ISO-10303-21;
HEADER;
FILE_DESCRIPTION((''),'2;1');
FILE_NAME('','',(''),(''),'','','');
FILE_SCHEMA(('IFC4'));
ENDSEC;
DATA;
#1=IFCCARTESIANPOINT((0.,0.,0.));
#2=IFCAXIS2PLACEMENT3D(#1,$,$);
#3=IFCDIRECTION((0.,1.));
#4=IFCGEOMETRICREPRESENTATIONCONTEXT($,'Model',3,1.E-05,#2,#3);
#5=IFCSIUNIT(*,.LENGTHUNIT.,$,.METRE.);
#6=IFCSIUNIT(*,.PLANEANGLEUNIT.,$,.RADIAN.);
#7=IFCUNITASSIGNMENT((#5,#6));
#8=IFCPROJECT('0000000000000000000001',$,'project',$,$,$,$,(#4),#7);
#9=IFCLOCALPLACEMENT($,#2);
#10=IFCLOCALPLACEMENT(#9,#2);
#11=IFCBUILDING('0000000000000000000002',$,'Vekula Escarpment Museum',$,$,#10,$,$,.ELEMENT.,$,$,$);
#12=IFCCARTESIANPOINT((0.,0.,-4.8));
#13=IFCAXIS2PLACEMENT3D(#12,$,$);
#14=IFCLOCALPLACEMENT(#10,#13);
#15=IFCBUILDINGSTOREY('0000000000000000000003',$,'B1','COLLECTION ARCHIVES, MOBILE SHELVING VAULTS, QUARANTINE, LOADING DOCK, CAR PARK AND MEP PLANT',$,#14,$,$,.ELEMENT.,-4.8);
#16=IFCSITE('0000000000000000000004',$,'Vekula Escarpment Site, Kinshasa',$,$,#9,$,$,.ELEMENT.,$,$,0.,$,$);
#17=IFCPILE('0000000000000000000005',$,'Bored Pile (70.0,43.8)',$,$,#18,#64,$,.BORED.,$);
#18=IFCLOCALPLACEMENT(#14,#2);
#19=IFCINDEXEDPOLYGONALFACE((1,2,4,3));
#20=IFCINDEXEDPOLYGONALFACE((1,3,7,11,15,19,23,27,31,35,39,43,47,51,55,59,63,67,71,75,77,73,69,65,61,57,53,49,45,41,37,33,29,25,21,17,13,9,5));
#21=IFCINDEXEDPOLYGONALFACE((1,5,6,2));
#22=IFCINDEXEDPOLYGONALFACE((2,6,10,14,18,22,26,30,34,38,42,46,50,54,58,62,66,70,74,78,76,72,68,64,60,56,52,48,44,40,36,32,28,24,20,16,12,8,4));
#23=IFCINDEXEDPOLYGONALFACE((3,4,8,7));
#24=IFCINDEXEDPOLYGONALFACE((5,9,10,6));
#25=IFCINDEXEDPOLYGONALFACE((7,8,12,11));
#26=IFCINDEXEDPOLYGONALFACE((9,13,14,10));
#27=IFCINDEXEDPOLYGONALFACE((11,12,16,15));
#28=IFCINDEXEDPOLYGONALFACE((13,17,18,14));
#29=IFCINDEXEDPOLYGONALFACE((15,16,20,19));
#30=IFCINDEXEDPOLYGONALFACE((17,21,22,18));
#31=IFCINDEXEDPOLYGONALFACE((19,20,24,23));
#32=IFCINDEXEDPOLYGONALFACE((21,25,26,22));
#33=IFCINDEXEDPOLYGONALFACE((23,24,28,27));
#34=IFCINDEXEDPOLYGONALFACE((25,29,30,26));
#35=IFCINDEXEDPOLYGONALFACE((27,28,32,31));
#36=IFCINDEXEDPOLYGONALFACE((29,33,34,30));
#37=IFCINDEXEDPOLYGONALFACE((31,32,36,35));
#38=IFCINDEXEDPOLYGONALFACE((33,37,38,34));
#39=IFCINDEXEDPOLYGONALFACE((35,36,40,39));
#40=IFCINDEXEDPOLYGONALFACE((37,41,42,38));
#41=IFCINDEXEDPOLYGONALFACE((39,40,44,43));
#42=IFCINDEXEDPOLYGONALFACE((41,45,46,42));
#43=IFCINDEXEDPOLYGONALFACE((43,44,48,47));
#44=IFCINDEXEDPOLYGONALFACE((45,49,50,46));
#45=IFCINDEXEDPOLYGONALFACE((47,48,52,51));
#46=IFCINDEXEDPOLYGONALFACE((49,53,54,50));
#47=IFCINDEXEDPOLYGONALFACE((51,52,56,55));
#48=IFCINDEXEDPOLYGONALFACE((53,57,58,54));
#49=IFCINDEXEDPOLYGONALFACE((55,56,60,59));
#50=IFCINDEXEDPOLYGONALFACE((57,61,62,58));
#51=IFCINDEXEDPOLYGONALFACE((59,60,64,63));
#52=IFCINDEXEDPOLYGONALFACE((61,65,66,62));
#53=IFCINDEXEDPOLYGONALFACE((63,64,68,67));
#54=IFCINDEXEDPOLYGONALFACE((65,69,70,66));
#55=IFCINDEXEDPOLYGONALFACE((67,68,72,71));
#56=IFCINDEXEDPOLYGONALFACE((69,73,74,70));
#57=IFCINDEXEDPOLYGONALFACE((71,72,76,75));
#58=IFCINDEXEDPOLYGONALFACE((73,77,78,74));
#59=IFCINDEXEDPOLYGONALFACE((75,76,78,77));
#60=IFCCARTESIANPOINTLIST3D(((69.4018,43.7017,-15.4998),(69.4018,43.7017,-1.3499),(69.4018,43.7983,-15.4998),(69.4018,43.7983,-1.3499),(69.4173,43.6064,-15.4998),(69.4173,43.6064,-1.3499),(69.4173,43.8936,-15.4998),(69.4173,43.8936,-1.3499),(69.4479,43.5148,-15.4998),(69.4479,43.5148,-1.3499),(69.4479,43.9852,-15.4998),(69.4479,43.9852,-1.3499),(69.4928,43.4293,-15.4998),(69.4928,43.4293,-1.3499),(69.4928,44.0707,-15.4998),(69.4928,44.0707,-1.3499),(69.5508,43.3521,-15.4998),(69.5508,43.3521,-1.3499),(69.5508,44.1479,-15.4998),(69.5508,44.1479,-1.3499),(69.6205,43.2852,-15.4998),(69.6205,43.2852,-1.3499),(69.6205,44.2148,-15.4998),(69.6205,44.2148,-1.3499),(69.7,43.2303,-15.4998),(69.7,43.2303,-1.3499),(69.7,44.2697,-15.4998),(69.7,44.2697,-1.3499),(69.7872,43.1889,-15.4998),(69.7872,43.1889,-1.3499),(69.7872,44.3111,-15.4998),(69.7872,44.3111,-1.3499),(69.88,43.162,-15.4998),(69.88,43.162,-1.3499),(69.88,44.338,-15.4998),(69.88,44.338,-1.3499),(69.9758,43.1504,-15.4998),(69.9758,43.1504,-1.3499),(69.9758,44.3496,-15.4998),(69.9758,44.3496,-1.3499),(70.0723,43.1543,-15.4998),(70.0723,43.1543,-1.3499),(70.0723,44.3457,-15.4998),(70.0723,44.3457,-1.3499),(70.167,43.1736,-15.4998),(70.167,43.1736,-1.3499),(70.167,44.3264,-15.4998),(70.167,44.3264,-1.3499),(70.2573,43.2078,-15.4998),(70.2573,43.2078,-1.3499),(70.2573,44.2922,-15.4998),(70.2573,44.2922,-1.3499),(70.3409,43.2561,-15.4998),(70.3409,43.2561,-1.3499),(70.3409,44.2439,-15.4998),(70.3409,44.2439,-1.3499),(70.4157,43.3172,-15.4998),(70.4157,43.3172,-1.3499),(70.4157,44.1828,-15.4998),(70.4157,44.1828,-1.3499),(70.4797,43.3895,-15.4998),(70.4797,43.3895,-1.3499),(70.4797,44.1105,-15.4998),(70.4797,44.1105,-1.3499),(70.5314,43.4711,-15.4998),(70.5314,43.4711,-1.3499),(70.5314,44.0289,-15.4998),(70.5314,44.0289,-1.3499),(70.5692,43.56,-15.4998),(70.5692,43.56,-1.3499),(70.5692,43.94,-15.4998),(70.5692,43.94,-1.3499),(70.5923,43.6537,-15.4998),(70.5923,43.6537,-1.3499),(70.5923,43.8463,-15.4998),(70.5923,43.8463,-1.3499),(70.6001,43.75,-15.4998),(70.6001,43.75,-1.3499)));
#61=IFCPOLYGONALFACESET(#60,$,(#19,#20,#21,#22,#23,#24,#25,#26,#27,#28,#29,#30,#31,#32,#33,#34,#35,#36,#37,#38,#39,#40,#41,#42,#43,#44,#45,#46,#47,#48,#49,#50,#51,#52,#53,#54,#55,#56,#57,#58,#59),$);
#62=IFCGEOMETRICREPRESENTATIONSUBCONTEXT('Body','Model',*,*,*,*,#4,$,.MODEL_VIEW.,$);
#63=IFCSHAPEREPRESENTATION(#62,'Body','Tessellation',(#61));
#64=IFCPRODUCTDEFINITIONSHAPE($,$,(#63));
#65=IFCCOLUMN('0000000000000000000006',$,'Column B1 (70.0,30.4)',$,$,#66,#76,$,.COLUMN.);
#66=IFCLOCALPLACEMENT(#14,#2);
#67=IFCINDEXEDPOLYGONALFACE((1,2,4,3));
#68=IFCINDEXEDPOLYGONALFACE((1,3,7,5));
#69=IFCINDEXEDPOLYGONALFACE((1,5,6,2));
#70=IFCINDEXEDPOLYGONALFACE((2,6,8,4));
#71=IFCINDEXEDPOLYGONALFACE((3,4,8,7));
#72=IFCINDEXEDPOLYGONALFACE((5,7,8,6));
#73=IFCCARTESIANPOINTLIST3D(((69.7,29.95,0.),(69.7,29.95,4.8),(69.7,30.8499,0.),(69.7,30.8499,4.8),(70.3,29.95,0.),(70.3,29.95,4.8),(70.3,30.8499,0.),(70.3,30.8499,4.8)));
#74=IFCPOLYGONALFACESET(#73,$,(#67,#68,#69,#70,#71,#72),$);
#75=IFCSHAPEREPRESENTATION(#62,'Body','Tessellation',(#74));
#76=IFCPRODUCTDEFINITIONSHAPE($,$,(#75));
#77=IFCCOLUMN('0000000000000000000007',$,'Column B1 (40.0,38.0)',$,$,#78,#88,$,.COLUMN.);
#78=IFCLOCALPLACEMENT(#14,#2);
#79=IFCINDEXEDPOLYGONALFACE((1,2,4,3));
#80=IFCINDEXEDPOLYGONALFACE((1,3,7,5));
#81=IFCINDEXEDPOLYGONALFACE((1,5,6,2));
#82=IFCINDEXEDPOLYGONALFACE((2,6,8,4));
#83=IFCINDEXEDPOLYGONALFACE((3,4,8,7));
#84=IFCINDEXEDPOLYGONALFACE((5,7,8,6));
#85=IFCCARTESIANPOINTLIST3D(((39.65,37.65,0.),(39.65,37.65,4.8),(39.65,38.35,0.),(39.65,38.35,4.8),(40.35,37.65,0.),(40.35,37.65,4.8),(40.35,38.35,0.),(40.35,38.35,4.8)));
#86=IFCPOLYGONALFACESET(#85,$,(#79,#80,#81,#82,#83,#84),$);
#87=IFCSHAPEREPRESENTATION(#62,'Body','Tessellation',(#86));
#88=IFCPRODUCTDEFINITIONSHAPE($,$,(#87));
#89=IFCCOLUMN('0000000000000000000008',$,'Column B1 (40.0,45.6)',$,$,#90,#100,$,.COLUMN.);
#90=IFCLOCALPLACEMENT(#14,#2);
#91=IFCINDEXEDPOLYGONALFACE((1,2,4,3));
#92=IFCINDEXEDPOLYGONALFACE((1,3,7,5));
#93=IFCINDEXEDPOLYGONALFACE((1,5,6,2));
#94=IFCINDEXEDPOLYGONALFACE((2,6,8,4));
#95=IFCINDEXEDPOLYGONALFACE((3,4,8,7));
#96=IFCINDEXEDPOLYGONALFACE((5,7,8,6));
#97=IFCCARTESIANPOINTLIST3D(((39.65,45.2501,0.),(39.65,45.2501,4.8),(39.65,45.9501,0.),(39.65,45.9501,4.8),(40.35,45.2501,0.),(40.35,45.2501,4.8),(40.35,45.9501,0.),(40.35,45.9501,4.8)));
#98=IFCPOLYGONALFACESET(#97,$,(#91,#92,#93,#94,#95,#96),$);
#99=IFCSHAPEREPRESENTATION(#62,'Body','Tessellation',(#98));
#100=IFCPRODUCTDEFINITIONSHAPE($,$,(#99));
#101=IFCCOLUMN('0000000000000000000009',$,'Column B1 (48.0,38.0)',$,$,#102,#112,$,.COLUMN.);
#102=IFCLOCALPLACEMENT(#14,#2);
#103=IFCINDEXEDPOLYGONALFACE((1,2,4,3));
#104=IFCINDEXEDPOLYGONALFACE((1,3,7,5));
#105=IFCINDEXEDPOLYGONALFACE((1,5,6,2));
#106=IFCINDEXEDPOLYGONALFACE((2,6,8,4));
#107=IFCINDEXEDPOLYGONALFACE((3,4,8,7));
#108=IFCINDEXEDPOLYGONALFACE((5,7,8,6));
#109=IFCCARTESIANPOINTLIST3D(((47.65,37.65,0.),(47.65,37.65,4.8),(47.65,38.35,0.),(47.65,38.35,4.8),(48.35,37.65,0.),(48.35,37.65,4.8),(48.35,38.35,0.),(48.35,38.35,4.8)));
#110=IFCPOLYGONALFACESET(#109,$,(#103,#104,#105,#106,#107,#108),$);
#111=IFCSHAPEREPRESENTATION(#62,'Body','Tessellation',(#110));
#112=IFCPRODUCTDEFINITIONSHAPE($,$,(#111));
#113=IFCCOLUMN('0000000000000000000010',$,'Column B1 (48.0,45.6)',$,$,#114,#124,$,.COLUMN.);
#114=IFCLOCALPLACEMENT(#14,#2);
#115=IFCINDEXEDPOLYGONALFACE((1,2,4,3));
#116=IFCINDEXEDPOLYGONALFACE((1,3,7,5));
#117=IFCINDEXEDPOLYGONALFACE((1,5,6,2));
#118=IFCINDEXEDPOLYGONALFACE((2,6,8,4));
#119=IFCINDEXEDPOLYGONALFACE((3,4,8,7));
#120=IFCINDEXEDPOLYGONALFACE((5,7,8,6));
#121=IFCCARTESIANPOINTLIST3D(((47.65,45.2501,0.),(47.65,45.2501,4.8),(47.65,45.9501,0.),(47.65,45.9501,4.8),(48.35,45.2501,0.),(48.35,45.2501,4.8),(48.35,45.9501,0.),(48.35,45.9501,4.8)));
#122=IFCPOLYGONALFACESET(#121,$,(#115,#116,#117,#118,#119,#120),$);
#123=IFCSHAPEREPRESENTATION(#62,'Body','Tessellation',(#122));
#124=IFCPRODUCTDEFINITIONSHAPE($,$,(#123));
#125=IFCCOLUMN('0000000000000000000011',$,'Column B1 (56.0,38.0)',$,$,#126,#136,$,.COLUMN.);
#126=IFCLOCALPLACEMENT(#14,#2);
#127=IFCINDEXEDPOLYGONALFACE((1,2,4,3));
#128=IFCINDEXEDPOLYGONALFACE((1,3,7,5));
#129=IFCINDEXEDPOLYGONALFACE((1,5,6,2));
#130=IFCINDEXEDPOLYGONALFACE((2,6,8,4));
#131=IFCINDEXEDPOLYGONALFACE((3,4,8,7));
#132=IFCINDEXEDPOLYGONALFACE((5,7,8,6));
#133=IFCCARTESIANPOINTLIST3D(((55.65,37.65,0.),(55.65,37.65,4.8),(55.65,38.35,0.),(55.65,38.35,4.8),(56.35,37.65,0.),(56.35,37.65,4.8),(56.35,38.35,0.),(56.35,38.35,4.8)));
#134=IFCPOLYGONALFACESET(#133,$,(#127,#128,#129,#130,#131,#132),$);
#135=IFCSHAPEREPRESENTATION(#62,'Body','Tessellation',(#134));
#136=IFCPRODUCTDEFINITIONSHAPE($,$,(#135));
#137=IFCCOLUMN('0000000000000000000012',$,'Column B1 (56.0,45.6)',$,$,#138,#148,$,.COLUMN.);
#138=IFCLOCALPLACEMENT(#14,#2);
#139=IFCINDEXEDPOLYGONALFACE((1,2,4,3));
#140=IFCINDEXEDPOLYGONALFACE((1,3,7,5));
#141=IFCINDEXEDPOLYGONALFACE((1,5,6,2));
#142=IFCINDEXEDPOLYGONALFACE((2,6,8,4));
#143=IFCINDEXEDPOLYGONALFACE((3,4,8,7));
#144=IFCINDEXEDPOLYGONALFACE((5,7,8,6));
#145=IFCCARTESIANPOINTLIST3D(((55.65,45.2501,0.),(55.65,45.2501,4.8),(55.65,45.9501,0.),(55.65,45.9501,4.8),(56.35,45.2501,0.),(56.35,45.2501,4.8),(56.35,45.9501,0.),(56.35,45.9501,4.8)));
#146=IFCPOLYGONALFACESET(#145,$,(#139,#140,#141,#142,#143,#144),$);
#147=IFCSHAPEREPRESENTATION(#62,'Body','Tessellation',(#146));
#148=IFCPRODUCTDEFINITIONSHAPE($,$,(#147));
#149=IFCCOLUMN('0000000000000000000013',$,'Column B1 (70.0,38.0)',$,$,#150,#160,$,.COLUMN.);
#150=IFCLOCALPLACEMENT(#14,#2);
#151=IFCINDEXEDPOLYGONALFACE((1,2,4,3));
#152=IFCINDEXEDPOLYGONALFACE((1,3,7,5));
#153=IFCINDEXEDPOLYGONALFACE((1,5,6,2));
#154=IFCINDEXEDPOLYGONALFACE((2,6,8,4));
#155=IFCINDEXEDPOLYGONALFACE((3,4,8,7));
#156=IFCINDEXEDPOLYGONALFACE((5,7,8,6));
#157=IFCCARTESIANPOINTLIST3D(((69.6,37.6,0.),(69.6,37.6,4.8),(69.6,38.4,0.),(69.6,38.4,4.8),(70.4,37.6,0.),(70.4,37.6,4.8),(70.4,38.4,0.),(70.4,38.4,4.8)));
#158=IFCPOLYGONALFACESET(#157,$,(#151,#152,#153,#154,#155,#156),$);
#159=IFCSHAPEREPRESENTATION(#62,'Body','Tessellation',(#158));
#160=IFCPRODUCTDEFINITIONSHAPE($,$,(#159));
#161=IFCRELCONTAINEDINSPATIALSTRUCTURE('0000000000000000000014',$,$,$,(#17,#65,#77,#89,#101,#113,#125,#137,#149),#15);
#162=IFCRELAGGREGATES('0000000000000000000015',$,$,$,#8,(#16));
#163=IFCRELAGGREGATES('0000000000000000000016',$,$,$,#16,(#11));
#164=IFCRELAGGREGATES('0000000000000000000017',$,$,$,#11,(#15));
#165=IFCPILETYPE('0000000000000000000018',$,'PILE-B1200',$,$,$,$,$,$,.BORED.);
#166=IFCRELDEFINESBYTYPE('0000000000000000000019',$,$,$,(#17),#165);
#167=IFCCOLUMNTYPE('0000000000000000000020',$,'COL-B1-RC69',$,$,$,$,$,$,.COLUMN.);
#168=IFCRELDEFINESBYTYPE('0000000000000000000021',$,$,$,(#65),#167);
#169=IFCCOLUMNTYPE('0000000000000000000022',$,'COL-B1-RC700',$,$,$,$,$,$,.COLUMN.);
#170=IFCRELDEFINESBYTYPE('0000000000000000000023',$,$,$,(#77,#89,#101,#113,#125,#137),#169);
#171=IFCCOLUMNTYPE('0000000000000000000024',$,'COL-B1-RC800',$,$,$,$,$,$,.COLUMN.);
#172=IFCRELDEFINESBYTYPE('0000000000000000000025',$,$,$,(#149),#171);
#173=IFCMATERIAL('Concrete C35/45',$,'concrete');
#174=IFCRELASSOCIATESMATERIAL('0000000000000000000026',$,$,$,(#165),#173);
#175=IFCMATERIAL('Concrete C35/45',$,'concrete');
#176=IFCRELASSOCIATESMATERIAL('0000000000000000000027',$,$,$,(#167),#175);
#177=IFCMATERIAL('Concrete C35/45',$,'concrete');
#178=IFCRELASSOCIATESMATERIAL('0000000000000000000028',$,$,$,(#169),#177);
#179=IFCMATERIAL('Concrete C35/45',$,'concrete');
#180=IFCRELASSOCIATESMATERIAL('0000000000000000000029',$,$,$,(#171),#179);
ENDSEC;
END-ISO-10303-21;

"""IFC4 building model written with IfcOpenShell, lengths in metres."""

from ifc_helpers import new_model, si_unit, direction, frame, origin, origin_2d, place, context, subcontext, project, spatial, rectangle, circle, extrude, material, material_profile, profile_set, type_object, element, save


model = new_model("IFC4")

# Units and contexts
model_context = context("Model", 3, precision=1e-05, world=origin(), true_north=direction((0.0, 1.0)))
body_context = subcontext(model_context, "Body", "Model", "MODEL_VIEW")
ifc_project = project(units=[si_unit("LENGTHUNIT", "METRE"), si_unit("PLANEANGLEUNIT", "RADIAN")], contexts=[model_context])

# Site, building, storey
site_placement = place(None, origin())
site = spatial("IfcSite", under=ifc_project, at=site_placement, Name="Vekula Escarpment Site, Kinshasa", CompositionType="ELEMENT", RefElevation=0.0)
building_placement = place(site_placement, origin())
building = spatial("IfcBuilding", under=site, at=building_placement, Name="Vekula Escarpment Museum", CompositionType="ELEMENT")
storey_placement = place(building_placement, frame((0.0, 0.0, -4.8)))
storey = spatial("IfcBuildingStorey", under=building, at=storey_placement, Name="B1", Description="COLLECTION ARCHIVES, MOBILE SHELVING VAULTS, QUARANTINE, LOADING DOCK, CAR PARK AND MEP PLANT", CompositionType="ELEMENT", Elevation=-4.8)

# Pile
ifc_material_1 = material(Name="Concrete C35/45", Category="concrete")
ifc_material_profile_1 = material_profile(ifc_material_1, circle(Radius=0.6001, at=origin_2d()), Name="BORED PILE 1200")
ifc_profile_set_1 = profile_set([ifc_material_profile_1], Name="Concrete C35/45")
pile_type = type_object("IfcPileType", Name="PILE-B1200", PredefinedType="BORED", material=ifc_profile_set_1)
pile_placement = place(storey_placement, frame((70.0, 43.75, -1.3499), z_axis=(0.0, 0.0, -1.0), x_axis=(1.0, 0.0, 0.0)))
element("IfcPile", 1, at=pile_placement, inside=storey, type_object=pile_type, Name="Bored Pile (70.0,43.8)", PredefinedType="BORED", context=body_context, shape_type="SweptSolid", body=[
    extrude(circle(Radius=0.6001, at=origin_2d()), origin(), (0.0, 0.0, 1.0), 14.1499),
])

# Columns
ifc_material_2 = material(Name="Concrete C35/45", Category="concrete")
ifc_material_profile_2 = material_profile(ifc_material_2, rectangle(XDim=0.6001, YDim=0.8999, at=origin_2d()), Name="RC 600x900")
ifc_profile_set_2 = profile_set([ifc_material_profile_2], Name="Concrete C35/45")
column_type_1 = type_object("IfcColumnType", Name="COL-B1-RC69", PredefinedType="COLUMN", material=ifc_profile_set_2)
column_1_placement = place(storey_placement, frame((70.0, 30.3999, 0.0), z_axis=(0.0, 0.0, 1.0), x_axis=(1.0, 0.0, 0.0)))
element("IfcColumn", 2, at=column_1_placement, inside=storey, type_object=column_type_1, Name="Column B1 (70.0,30.4)", PredefinedType="COLUMN", context=body_context, shape_type="SweptSolid", body=[
    extrude(rectangle(XDim=0.6001, YDim=0.8999, at=origin_2d()), origin(), (0.0, 0.0, 1.0), 4.8),
])
ifc_material_3 = material(Name="Concrete C35/45", Category="concrete")
ifc_material_profile_3 = material_profile(ifc_material_3, rectangle(XDim=0.7, YDim=0.7, at=origin_2d()), Name="RC 700x700")
ifc_profile_set_3 = profile_set([ifc_material_profile_3], Name="Concrete C35/45")
column_type_2 = type_object("IfcColumnType", Name="COL-B1-RC700", PredefinedType="COLUMN", material=ifc_profile_set_3)
for number, where, z_axis, x_axis, name in (
    (3, (40.0, 38.0, 0.0), (0.0, 0.0, 1.0), (1.0, 0.0, 0.0), "Column B1 (40.0,38.0)"),
    (4, (40.0, 45.6001, 0.0), (0.0, 0.0, 1.0), (1.0, 0.0, 0.0), "Column B1 (40.0,45.6)"),
    (5, (48.0, 38.0, 0.0), (0.0, 0.0, 1.0), (1.0, 0.0, 0.0), "Column B1 (48.0,38.0)"),
    (6, (48.0, 45.6001, 0.0), (0.0, 0.0, 1.0), (1.0, 0.0, 0.0), "Column B1 (48.0,45.6)"),
    (7, (56.0, 38.0, 0.0), (0.0, 0.0, 1.0), (1.0, 0.0, 0.0), "Column B1 (56.0,38.0)"),
    (8, (56.0, 45.6001, 0.0), (0.0, 0.0, 1.0), (1.0, 0.0, 0.0), "Column B1 (56.0,45.6)"),
):
    element("IfcColumn", number, at=place(storey_placement, frame(where, z_axis=z_axis, x_axis=x_axis)), inside=storey, type_object=column_type_2, Name=name, PredefinedType="COLUMN", context=body_context, shape_type="SweptSolid", body=[
        extrude(rectangle(XDim=0.7, YDim=0.7, at=origin_2d()), origin(), (0.0, 0.0, 1.0), 4.8),
    ])
ifc_material_4 = material(Name="Concrete C35/45", Category="concrete")
ifc_material_profile_4 = material_profile(ifc_material_4, rectangle(XDim=0.8, YDim=0.8, at=origin_2d()), Name="RC 800x800")
ifc_profile_set_4 = profile_set([ifc_material_profile_4], Name="Concrete C35/45")
column_type_3 = type_object("IfcColumnType", Name="COL-B1-RC800", PredefinedType="COLUMN", material=ifc_profile_set_4)
column_2_placement = place(storey_placement, frame((70.0, 38.0, 0.0), z_axis=(0.0, 0.0, 1.0), x_axis=(1.0, 0.0, 0.0)))
element("IfcColumn", 9, at=column_2_placement, inside=storey, type_object=column_type_3, Name="Column B1 (70.0,38.0)", PredefinedType="COLUMN", context=body_context, shape_type="SweptSolid", body=[
    extrude(rectangle(XDim=0.8, YDim=0.8, at=origin_2d()), origin(), (0.0, 0.0, 1.0), 4.8),
])

save(model, "model.ifc")
